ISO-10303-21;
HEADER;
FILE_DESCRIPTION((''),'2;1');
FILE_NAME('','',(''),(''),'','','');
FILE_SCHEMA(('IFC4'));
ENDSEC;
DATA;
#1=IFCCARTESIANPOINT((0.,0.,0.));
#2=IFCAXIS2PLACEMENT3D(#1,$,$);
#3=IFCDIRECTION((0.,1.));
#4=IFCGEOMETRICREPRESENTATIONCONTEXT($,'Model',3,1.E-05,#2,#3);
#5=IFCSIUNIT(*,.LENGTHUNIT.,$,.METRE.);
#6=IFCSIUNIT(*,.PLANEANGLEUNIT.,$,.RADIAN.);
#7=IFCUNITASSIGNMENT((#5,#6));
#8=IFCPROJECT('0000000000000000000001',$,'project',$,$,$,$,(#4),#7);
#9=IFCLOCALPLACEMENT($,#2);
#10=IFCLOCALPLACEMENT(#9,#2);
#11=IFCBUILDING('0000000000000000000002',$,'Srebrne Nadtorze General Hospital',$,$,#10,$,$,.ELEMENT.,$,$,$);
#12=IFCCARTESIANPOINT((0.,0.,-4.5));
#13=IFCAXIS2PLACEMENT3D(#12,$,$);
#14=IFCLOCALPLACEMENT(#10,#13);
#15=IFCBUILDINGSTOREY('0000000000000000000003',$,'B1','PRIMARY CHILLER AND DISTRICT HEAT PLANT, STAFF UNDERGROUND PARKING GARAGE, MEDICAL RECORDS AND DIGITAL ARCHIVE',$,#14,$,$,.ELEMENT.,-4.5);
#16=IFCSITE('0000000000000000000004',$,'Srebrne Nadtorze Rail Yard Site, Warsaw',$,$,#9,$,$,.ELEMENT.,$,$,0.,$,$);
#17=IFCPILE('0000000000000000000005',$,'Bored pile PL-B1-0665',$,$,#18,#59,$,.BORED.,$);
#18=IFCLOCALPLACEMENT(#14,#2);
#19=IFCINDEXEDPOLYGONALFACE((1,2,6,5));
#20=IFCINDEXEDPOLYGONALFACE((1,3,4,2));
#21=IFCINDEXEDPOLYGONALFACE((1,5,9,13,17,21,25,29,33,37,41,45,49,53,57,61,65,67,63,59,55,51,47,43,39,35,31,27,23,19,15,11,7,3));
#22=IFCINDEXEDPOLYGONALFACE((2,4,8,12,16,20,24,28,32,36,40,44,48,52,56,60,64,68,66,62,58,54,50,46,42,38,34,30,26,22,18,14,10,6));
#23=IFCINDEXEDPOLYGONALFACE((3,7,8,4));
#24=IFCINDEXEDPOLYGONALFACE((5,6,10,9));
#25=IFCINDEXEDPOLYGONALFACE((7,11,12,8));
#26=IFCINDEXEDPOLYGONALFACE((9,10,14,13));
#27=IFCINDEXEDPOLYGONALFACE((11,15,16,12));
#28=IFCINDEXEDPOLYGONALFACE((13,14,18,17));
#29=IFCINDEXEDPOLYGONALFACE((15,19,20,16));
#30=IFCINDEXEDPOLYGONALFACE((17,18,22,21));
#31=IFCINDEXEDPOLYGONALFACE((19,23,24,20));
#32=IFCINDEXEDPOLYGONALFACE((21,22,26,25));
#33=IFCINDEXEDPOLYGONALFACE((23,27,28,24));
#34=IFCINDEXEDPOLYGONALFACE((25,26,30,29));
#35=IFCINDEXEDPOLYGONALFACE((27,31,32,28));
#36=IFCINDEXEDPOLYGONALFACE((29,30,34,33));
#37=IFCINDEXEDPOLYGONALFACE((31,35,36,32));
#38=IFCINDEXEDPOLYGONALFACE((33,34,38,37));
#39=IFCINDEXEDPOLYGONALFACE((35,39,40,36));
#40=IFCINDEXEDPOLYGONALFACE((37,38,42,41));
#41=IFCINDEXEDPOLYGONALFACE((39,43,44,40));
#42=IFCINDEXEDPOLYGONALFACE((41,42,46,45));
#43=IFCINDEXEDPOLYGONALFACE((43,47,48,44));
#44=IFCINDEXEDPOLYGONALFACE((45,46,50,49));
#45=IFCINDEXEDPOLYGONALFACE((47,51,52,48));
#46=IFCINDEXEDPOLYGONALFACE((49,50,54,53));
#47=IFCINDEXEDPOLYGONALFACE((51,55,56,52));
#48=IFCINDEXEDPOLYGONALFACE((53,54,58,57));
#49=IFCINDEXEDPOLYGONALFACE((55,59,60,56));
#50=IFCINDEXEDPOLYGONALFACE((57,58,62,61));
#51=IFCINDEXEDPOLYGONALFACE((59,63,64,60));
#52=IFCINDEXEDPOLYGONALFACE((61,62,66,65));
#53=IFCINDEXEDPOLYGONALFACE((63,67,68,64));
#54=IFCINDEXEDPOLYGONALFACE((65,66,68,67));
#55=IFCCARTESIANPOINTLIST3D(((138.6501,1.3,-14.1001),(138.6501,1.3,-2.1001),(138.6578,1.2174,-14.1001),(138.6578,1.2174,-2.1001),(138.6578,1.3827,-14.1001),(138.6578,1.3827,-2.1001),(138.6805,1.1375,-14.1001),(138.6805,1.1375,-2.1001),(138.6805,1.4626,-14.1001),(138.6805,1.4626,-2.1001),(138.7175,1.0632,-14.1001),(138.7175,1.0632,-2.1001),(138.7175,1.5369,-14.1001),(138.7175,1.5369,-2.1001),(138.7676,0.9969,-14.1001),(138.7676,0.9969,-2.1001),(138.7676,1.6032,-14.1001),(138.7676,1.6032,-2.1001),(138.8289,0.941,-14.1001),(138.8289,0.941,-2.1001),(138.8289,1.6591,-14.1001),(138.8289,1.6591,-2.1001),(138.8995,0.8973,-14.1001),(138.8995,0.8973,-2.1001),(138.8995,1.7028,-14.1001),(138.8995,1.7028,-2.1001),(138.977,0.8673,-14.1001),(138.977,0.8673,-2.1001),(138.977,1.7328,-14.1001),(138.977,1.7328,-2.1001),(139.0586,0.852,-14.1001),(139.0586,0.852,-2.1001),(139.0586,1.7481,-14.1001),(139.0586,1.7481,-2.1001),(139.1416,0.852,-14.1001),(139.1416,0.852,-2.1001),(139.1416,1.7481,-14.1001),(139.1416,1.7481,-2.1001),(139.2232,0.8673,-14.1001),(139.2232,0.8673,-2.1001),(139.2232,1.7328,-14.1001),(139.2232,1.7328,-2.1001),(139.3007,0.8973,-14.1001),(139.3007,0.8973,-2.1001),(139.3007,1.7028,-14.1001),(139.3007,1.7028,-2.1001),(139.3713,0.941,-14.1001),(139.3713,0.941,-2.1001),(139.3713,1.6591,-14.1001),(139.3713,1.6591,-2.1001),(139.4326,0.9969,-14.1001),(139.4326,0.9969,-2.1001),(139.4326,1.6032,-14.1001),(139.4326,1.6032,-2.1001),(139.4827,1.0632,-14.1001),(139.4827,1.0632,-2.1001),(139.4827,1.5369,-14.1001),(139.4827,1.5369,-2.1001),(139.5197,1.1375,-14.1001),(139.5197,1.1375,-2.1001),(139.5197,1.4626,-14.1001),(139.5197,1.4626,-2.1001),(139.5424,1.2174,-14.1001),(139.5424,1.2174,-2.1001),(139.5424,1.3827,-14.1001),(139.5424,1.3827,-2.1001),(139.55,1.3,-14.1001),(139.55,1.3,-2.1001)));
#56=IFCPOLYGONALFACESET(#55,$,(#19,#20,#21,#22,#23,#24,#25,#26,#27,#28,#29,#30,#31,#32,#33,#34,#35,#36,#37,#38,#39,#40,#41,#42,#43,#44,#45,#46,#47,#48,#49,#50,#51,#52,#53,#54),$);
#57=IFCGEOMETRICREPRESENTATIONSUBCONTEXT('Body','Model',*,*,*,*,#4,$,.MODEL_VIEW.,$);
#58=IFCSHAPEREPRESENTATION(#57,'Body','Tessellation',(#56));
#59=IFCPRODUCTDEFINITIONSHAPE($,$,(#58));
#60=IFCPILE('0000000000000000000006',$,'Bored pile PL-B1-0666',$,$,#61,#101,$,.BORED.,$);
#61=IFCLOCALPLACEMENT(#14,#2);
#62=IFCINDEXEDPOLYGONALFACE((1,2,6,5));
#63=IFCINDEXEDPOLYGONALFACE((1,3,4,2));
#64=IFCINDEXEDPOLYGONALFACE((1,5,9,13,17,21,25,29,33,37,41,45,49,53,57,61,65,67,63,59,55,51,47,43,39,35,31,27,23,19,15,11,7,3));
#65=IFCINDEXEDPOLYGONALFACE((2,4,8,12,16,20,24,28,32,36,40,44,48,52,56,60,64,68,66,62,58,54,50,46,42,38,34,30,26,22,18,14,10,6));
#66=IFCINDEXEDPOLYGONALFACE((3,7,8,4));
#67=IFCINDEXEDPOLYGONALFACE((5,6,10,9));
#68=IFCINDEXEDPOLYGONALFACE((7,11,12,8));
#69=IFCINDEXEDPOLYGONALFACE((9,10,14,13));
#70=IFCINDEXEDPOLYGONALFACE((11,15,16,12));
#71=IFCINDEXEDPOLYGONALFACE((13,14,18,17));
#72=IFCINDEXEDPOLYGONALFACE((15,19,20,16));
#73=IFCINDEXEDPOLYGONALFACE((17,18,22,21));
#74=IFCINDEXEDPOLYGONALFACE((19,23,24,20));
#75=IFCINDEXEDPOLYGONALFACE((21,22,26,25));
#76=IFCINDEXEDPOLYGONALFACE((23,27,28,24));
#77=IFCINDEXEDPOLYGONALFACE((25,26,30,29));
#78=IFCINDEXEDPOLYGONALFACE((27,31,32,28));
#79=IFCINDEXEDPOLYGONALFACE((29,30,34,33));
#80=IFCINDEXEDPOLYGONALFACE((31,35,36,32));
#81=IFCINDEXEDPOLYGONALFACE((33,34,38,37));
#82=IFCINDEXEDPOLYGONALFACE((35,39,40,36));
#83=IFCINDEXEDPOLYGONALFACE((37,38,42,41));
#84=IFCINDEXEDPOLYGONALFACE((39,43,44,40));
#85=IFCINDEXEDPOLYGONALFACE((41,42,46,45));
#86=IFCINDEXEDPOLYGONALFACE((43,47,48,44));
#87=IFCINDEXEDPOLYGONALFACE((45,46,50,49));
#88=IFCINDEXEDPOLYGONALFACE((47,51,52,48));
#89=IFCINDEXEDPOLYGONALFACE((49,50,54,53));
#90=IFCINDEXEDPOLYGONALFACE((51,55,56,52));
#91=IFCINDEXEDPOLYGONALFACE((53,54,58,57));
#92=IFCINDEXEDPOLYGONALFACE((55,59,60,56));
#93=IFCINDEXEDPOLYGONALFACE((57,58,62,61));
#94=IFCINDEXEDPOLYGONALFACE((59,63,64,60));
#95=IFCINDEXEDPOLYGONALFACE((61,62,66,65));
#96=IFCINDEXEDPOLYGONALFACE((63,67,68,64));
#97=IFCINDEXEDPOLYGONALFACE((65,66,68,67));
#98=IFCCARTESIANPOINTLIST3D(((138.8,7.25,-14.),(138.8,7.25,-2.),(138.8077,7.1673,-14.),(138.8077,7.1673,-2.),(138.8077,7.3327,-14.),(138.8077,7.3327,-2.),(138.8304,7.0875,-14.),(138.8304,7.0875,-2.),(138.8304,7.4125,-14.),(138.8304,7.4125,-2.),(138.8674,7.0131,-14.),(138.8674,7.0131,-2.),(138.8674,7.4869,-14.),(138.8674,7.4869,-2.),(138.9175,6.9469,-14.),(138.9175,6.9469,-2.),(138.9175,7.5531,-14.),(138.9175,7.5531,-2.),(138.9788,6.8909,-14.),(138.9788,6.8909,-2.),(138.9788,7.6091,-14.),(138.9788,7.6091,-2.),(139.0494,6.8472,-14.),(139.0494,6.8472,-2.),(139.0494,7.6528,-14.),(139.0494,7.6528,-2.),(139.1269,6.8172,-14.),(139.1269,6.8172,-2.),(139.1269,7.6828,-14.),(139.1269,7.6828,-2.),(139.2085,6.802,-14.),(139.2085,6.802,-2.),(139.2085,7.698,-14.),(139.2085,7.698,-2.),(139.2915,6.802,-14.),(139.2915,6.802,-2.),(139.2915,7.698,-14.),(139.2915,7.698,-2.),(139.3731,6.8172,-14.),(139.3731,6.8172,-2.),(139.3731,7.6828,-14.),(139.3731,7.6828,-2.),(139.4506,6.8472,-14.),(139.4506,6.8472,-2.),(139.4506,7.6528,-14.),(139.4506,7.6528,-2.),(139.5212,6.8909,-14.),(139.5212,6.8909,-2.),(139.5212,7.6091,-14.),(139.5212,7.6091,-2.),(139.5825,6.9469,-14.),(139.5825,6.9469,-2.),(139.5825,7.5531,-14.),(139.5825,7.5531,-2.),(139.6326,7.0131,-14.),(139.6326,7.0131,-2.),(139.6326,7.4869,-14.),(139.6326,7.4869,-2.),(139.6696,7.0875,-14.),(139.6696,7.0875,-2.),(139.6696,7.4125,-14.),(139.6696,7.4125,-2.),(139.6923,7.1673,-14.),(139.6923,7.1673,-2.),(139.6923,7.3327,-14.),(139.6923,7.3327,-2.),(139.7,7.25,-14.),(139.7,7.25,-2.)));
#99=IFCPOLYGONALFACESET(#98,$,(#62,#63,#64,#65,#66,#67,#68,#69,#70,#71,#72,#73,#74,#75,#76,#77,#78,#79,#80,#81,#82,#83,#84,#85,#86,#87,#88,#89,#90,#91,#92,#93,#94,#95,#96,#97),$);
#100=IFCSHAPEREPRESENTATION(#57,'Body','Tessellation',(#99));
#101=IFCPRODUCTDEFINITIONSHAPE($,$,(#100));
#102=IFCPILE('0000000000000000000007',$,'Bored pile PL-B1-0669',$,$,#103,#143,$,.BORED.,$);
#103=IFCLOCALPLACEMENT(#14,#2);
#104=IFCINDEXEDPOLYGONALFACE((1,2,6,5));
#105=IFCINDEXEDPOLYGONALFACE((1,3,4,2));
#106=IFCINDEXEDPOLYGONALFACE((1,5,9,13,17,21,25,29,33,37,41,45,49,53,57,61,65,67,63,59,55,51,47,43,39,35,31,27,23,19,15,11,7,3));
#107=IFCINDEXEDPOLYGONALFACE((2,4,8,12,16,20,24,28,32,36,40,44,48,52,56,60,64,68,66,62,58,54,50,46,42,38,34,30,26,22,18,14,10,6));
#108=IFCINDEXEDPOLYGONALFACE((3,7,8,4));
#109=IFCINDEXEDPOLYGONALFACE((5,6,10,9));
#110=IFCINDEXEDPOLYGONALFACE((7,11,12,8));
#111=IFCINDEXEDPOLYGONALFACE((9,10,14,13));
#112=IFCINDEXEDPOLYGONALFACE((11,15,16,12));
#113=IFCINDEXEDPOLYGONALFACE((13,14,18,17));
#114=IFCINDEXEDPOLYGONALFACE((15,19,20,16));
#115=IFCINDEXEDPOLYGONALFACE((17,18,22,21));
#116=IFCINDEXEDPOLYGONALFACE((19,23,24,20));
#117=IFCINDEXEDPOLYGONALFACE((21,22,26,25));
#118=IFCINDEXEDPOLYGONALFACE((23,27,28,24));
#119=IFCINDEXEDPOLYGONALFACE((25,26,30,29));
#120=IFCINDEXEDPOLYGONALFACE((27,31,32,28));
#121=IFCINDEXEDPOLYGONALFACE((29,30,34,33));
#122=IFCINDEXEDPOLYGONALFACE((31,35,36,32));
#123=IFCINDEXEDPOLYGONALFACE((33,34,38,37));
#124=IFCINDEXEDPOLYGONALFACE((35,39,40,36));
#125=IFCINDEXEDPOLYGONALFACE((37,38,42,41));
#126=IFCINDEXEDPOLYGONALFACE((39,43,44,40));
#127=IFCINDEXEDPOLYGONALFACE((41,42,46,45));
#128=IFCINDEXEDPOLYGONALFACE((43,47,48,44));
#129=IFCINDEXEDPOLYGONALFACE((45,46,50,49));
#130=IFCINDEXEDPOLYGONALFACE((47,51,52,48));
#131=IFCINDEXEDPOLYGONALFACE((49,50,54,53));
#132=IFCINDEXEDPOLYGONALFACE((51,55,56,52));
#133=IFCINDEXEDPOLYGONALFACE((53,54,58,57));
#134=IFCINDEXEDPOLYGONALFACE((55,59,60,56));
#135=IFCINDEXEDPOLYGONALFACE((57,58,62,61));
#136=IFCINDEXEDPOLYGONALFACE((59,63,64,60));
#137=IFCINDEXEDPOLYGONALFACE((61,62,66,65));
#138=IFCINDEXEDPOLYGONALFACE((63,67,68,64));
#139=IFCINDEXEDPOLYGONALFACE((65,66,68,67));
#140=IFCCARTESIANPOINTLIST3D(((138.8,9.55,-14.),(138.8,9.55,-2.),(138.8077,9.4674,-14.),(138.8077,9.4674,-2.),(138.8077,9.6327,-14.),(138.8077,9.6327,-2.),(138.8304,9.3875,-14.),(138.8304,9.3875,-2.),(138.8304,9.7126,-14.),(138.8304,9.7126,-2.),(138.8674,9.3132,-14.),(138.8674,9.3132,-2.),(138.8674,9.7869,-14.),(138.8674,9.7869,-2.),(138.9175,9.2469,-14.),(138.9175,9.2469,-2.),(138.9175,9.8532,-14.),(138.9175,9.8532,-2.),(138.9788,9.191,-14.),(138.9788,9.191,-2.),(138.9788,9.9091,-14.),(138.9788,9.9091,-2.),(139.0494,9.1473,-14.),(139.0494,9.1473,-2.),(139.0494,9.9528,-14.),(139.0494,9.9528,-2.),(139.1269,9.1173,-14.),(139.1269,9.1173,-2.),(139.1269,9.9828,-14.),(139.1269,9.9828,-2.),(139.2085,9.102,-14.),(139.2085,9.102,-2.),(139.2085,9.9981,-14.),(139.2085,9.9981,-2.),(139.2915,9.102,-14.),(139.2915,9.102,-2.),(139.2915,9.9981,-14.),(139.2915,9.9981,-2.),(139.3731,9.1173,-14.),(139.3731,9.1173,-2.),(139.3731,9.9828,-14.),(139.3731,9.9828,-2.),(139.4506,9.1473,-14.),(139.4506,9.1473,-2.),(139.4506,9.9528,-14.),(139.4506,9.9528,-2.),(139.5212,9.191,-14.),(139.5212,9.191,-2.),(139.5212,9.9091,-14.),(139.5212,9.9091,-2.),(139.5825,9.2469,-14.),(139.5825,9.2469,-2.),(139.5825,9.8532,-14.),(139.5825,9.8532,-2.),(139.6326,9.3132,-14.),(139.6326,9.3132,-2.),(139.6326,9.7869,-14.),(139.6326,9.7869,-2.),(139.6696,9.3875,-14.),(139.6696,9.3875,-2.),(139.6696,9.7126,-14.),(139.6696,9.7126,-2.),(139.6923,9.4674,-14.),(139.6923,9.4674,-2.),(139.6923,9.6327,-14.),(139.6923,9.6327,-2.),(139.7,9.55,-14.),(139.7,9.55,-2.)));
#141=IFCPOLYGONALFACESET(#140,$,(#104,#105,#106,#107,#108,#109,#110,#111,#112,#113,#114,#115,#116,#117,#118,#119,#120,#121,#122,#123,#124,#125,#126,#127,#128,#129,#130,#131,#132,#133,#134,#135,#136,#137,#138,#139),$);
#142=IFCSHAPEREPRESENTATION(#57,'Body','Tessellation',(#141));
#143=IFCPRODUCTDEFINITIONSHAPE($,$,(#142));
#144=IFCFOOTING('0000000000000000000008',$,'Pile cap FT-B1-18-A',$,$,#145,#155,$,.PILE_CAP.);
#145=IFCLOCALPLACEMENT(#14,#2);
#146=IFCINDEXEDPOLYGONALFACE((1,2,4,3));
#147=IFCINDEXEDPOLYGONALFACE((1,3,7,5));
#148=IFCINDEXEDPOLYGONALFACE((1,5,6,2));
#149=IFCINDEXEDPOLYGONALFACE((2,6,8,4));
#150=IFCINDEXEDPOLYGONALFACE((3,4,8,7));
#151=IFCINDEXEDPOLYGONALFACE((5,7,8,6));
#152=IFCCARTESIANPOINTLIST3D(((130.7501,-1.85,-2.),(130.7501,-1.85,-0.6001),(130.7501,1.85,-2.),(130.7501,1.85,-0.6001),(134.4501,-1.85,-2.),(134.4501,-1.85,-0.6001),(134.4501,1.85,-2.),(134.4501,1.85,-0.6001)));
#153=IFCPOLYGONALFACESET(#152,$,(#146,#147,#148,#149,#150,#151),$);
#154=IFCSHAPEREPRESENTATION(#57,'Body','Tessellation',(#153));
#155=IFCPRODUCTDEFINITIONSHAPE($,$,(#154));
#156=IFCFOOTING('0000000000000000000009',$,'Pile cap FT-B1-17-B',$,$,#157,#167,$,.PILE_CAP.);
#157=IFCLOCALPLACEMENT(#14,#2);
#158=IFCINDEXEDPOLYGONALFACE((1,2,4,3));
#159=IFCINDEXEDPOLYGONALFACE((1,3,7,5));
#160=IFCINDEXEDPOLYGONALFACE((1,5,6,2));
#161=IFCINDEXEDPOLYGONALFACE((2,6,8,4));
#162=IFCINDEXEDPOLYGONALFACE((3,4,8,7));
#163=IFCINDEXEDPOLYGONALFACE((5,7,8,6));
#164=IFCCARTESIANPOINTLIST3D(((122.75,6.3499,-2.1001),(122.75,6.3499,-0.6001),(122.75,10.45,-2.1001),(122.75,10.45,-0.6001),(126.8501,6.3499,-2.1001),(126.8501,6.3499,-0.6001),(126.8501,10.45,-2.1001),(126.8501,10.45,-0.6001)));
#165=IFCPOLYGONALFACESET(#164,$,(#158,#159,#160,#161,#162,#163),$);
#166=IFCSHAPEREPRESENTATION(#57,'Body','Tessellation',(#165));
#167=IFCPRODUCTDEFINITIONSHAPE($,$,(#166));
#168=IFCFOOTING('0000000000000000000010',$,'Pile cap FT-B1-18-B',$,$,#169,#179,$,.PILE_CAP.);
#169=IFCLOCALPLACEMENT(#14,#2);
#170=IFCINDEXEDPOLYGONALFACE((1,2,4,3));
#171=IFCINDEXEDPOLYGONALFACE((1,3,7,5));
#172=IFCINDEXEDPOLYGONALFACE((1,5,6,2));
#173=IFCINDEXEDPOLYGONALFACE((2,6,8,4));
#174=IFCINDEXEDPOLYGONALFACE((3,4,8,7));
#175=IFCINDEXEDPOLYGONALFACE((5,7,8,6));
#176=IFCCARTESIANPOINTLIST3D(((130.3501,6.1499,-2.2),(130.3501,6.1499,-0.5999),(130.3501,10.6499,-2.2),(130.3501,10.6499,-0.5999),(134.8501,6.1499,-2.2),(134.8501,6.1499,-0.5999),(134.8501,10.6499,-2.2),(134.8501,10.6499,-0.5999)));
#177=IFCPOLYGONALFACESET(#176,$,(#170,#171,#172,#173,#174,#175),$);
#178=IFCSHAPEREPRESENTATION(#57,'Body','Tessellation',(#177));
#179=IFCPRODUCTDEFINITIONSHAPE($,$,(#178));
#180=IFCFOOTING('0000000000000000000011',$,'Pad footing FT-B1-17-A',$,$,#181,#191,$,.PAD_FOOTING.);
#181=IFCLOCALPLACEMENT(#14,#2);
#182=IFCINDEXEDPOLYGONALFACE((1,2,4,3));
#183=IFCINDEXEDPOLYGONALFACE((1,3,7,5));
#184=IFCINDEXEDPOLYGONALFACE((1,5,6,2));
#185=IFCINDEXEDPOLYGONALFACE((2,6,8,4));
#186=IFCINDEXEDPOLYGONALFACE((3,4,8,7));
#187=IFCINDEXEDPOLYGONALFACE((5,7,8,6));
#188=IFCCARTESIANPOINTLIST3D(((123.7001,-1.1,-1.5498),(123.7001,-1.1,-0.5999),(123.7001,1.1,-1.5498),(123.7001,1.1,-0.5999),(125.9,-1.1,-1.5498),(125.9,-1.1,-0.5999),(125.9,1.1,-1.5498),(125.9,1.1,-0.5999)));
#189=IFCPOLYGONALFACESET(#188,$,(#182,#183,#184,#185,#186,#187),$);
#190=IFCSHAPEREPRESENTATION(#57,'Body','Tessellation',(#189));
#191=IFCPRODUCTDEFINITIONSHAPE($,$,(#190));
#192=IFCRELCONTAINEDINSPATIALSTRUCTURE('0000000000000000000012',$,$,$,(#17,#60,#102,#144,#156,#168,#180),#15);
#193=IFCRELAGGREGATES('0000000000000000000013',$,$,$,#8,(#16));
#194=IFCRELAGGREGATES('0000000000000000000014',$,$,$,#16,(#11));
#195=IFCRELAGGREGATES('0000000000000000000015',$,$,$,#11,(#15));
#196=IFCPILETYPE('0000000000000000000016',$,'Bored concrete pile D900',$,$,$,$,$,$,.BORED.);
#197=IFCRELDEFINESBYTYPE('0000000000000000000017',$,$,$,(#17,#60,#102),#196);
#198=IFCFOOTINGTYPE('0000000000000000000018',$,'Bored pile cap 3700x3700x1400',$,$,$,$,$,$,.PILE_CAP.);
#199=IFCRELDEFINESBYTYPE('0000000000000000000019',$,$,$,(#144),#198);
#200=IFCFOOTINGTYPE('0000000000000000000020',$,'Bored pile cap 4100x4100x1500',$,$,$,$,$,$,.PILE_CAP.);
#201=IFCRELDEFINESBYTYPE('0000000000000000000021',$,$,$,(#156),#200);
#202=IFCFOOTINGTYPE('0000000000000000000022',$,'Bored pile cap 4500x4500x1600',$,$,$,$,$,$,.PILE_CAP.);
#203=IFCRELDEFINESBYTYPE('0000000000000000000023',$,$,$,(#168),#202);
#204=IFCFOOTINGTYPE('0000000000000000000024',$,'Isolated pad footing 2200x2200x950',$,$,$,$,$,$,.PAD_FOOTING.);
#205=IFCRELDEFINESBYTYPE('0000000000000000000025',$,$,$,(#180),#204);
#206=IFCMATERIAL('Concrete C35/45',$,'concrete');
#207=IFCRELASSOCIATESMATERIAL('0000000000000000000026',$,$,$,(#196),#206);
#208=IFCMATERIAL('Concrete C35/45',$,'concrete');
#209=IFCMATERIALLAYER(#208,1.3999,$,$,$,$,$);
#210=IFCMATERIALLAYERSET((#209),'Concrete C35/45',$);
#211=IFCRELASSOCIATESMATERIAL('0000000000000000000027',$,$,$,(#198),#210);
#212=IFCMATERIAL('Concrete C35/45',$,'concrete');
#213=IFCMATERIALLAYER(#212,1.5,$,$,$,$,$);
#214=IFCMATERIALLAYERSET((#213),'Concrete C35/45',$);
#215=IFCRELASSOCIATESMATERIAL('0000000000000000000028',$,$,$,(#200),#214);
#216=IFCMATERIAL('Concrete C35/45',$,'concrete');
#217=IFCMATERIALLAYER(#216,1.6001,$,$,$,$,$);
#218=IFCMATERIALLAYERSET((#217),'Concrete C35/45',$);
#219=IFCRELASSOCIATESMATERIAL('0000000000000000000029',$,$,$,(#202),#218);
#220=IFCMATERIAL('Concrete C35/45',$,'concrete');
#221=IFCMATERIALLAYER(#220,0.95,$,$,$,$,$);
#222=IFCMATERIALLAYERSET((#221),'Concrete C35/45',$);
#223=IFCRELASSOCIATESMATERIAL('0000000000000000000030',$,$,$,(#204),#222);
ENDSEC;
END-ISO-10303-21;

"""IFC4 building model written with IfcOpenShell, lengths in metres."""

from ifc_helpers import new_model, si_unit, direction, frame, origin, origin_2d, place, context, subcontext, project, spatial, rectangle, circle, extrude, material, layer, layer_set, material_profile, profile_set, type_object, element, save


model = new_model("IFC4")

# Units and contexts
model_context = context("Model", 3, precision=1e-05, world=origin(), true_north=direction((0.0, 1.0)))
body_context = subcontext(model_context, "Body", "Model", "MODEL_VIEW")
ifc_project = project(units=[si_unit("LENGTHUNIT", "METRE"), si_unit("PLANEANGLEUNIT", "RADIAN")], contexts=[model_context])

# Site, building, storey
site_placement = place(None, origin())
site = spatial("IfcSite", under=ifc_project, at=site_placement, Name="Srebrne Nadtorze Rail Yard Site, Warsaw", CompositionType="ELEMENT", RefElevation=0.0)
building_placement = place(site_placement, origin())
building = spatial("IfcBuilding", under=site, at=building_placement, Name="Srebrne Nadtorze General Hospital", CompositionType="ELEMENT")
storey_placement = place(building_placement, frame((0.0, 0.0, -4.5)))
storey = spatial("IfcBuildingStorey", under=building, at=storey_placement, Name="B1", Description="PRIMARY CHILLER AND DISTRICT HEAT PLANT, STAFF UNDERGROUND PARKING GARAGE, MEDICAL RECORDS AND DIGITAL ARCHIVE", CompositionType="ELEMENT", Elevation=-4.5)

# Piles
ifc_material_1 = material(Name="Concrete C35/45", Category="concrete")
ifc_material_profile_1 = material_profile(ifc_material_1, circle(Radius=0.45, at=origin_2d()), Name="PILE-D900")
ifc_profile_set_1 = profile_set([ifc_material_profile_1], Name="Concrete C35/45")
pile_type_1 = type_object("IfcPileType", Name="Bored concrete pile D900", PredefinedType="BORED", material=ifc_profile_set_1)
for number, where, z_axis, x_axis, name in (
    (1, (139.1001, 1.3, -2.1001), (0.0, 0.0, -1.0), (1.0, 0.0, 0.0), "Bored pile PL-B1-0665"),
    (2, (139.25, 7.25, -2.0), (0.0, 0.0, -1.0), (1.0, 0.0, 0.0), "Bored pile PL-B1-0666"),
    (3, (139.25, 9.55, -2.0), (0.0, 0.0, -1.0), (1.0, 0.0, 0.0), "Bored pile PL-B1-0669"),
):
    element("IfcPile", number, at=place(storey_placement, frame(where, z_axis=z_axis, x_axis=x_axis)), inside=storey, type_object=pile_type_1, Name=name, PredefinedType="BORED", context=body_context, shape_type="SweptSolid", body=[
        extrude(circle(Radius=0.45, at=origin_2d()), origin(), (0.0, 0.0, 1.0), 12.0),
    ])

# Footings
ifc_material_2 = material(Name="Concrete C35/45", Category="concrete")
ifc_layer_1 = layer(ifc_material_2, 1.3999)
ifc_layer_set_1 = layer_set([ifc_layer_1], Name="Concrete C35/45")
footing_type_1 = type_object("IfcFootingType", Name="Bored pile cap 3700x3700x1400", PredefinedType="PILE_CAP", material=ifc_layer_set_1)
footing_1_placement = place(storey_placement, frame((132.6001, 0.0, -2.0), z_axis=(0.0, 0.0, 1.0), x_axis=(1.0, 0.0, 0.0)))
element("IfcFooting", 4, at=footing_1_placement, inside=storey, type_object=footing_type_1, Name="Pile cap FT-B1-18-A", PredefinedType="PILE_CAP", context=body_context, shape_type="SweptSolid", body=[
    extrude(rectangle(XDim=3.7, YDim=3.7, at=origin_2d()), origin(), (0.0, 0.0, 1.0), 1.3999),
])
ifc_material_3 = material(Name="Concrete C35/45", Category="concrete")
ifc_layer_2 = layer(ifc_material_3, 1.5)
ifc_layer_set_2 = layer_set([ifc_layer_2], Name="Concrete C35/45")
footing_type_2 = type_object("IfcFootingType", Name="Bored pile cap 4100x4100x1500", PredefinedType="PILE_CAP", material=ifc_layer_set_2)
footing_2_placement = place(storey_placement, frame((124.8, 8.3999, -2.1001), z_axis=(0.0, 0.0, 1.0), x_axis=(1.0, 0.0, 0.0)))
element("IfcFooting", 5, at=footing_2_placement, inside=storey, type_object=footing_type_2, Name="Pile cap FT-B1-17-B", PredefinedType="PILE_CAP", context=body_context, shape_type="SweptSolid", body=[
    extrude(rectangle(XDim=4.1001, YDim=4.1001, at=origin_2d()), origin(), (0.0, 0.0, 1.0), 1.5),
])
ifc_material_4 = material(Name="Concrete C35/45", Category="concrete")
ifc_layer_3 = layer(ifc_material_4, 1.6001)
ifc_layer_set_3 = layer_set([ifc_layer_3], Name="Concrete C35/45")
footing_type_3 = type_object("IfcFootingType", Name="Bored pile cap 4500x4500x1600", PredefinedType="PILE_CAP", material=ifc_layer_set_3)
footing_3_placement = place(storey_placement, frame((132.6001, 8.3999, -2.2), z_axis=(0.0, 0.0, 1.0), x_axis=(1.0, 0.0, 0.0)))
element("IfcFooting", 6, at=footing_3_placement, inside=storey, type_object=footing_type_3, Name="Pile cap FT-B1-18-B", PredefinedType="PILE_CAP", context=body_context, shape_type="SweptSolid", body=[
    extrude(rectangle(XDim=4.5, YDim=4.5, at=origin_2d()), origin(), (0.0, 0.0, 1.0), 1.6001),
])
ifc_material_5 = material(Name="Concrete C35/45", Category="concrete")
ifc_layer_4 = layer(ifc_material_5, 0.95)
ifc_layer_set_4 = layer_set([ifc_layer_4], Name="Concrete C35/45")
footing_type_4 = type_object("IfcFootingType", Name="Isolated pad footing 2200x2200x950", PredefinedType="PAD_FOOTING", material=ifc_layer_set_4)
footing_4_placement = place(storey_placement, frame((124.8, 0.0, -1.5498), z_axis=(0.0, 0.0, 1.0), x_axis=(1.0, 0.0, 0.0)))
element("IfcFooting", 7, at=footing_4_placement, inside=storey, type_object=footing_type_4, Name="Pad footing FT-B1-17-A", PredefinedType="PAD_FOOTING", context=body_context, shape_type="SweptSolid", body=[
    extrude(rectangle(XDim=2.2, YDim=2.2, at=origin_2d()), origin(), (0.0, 0.0, 1.0), 0.95),
])

save(model, "model.ifc")
